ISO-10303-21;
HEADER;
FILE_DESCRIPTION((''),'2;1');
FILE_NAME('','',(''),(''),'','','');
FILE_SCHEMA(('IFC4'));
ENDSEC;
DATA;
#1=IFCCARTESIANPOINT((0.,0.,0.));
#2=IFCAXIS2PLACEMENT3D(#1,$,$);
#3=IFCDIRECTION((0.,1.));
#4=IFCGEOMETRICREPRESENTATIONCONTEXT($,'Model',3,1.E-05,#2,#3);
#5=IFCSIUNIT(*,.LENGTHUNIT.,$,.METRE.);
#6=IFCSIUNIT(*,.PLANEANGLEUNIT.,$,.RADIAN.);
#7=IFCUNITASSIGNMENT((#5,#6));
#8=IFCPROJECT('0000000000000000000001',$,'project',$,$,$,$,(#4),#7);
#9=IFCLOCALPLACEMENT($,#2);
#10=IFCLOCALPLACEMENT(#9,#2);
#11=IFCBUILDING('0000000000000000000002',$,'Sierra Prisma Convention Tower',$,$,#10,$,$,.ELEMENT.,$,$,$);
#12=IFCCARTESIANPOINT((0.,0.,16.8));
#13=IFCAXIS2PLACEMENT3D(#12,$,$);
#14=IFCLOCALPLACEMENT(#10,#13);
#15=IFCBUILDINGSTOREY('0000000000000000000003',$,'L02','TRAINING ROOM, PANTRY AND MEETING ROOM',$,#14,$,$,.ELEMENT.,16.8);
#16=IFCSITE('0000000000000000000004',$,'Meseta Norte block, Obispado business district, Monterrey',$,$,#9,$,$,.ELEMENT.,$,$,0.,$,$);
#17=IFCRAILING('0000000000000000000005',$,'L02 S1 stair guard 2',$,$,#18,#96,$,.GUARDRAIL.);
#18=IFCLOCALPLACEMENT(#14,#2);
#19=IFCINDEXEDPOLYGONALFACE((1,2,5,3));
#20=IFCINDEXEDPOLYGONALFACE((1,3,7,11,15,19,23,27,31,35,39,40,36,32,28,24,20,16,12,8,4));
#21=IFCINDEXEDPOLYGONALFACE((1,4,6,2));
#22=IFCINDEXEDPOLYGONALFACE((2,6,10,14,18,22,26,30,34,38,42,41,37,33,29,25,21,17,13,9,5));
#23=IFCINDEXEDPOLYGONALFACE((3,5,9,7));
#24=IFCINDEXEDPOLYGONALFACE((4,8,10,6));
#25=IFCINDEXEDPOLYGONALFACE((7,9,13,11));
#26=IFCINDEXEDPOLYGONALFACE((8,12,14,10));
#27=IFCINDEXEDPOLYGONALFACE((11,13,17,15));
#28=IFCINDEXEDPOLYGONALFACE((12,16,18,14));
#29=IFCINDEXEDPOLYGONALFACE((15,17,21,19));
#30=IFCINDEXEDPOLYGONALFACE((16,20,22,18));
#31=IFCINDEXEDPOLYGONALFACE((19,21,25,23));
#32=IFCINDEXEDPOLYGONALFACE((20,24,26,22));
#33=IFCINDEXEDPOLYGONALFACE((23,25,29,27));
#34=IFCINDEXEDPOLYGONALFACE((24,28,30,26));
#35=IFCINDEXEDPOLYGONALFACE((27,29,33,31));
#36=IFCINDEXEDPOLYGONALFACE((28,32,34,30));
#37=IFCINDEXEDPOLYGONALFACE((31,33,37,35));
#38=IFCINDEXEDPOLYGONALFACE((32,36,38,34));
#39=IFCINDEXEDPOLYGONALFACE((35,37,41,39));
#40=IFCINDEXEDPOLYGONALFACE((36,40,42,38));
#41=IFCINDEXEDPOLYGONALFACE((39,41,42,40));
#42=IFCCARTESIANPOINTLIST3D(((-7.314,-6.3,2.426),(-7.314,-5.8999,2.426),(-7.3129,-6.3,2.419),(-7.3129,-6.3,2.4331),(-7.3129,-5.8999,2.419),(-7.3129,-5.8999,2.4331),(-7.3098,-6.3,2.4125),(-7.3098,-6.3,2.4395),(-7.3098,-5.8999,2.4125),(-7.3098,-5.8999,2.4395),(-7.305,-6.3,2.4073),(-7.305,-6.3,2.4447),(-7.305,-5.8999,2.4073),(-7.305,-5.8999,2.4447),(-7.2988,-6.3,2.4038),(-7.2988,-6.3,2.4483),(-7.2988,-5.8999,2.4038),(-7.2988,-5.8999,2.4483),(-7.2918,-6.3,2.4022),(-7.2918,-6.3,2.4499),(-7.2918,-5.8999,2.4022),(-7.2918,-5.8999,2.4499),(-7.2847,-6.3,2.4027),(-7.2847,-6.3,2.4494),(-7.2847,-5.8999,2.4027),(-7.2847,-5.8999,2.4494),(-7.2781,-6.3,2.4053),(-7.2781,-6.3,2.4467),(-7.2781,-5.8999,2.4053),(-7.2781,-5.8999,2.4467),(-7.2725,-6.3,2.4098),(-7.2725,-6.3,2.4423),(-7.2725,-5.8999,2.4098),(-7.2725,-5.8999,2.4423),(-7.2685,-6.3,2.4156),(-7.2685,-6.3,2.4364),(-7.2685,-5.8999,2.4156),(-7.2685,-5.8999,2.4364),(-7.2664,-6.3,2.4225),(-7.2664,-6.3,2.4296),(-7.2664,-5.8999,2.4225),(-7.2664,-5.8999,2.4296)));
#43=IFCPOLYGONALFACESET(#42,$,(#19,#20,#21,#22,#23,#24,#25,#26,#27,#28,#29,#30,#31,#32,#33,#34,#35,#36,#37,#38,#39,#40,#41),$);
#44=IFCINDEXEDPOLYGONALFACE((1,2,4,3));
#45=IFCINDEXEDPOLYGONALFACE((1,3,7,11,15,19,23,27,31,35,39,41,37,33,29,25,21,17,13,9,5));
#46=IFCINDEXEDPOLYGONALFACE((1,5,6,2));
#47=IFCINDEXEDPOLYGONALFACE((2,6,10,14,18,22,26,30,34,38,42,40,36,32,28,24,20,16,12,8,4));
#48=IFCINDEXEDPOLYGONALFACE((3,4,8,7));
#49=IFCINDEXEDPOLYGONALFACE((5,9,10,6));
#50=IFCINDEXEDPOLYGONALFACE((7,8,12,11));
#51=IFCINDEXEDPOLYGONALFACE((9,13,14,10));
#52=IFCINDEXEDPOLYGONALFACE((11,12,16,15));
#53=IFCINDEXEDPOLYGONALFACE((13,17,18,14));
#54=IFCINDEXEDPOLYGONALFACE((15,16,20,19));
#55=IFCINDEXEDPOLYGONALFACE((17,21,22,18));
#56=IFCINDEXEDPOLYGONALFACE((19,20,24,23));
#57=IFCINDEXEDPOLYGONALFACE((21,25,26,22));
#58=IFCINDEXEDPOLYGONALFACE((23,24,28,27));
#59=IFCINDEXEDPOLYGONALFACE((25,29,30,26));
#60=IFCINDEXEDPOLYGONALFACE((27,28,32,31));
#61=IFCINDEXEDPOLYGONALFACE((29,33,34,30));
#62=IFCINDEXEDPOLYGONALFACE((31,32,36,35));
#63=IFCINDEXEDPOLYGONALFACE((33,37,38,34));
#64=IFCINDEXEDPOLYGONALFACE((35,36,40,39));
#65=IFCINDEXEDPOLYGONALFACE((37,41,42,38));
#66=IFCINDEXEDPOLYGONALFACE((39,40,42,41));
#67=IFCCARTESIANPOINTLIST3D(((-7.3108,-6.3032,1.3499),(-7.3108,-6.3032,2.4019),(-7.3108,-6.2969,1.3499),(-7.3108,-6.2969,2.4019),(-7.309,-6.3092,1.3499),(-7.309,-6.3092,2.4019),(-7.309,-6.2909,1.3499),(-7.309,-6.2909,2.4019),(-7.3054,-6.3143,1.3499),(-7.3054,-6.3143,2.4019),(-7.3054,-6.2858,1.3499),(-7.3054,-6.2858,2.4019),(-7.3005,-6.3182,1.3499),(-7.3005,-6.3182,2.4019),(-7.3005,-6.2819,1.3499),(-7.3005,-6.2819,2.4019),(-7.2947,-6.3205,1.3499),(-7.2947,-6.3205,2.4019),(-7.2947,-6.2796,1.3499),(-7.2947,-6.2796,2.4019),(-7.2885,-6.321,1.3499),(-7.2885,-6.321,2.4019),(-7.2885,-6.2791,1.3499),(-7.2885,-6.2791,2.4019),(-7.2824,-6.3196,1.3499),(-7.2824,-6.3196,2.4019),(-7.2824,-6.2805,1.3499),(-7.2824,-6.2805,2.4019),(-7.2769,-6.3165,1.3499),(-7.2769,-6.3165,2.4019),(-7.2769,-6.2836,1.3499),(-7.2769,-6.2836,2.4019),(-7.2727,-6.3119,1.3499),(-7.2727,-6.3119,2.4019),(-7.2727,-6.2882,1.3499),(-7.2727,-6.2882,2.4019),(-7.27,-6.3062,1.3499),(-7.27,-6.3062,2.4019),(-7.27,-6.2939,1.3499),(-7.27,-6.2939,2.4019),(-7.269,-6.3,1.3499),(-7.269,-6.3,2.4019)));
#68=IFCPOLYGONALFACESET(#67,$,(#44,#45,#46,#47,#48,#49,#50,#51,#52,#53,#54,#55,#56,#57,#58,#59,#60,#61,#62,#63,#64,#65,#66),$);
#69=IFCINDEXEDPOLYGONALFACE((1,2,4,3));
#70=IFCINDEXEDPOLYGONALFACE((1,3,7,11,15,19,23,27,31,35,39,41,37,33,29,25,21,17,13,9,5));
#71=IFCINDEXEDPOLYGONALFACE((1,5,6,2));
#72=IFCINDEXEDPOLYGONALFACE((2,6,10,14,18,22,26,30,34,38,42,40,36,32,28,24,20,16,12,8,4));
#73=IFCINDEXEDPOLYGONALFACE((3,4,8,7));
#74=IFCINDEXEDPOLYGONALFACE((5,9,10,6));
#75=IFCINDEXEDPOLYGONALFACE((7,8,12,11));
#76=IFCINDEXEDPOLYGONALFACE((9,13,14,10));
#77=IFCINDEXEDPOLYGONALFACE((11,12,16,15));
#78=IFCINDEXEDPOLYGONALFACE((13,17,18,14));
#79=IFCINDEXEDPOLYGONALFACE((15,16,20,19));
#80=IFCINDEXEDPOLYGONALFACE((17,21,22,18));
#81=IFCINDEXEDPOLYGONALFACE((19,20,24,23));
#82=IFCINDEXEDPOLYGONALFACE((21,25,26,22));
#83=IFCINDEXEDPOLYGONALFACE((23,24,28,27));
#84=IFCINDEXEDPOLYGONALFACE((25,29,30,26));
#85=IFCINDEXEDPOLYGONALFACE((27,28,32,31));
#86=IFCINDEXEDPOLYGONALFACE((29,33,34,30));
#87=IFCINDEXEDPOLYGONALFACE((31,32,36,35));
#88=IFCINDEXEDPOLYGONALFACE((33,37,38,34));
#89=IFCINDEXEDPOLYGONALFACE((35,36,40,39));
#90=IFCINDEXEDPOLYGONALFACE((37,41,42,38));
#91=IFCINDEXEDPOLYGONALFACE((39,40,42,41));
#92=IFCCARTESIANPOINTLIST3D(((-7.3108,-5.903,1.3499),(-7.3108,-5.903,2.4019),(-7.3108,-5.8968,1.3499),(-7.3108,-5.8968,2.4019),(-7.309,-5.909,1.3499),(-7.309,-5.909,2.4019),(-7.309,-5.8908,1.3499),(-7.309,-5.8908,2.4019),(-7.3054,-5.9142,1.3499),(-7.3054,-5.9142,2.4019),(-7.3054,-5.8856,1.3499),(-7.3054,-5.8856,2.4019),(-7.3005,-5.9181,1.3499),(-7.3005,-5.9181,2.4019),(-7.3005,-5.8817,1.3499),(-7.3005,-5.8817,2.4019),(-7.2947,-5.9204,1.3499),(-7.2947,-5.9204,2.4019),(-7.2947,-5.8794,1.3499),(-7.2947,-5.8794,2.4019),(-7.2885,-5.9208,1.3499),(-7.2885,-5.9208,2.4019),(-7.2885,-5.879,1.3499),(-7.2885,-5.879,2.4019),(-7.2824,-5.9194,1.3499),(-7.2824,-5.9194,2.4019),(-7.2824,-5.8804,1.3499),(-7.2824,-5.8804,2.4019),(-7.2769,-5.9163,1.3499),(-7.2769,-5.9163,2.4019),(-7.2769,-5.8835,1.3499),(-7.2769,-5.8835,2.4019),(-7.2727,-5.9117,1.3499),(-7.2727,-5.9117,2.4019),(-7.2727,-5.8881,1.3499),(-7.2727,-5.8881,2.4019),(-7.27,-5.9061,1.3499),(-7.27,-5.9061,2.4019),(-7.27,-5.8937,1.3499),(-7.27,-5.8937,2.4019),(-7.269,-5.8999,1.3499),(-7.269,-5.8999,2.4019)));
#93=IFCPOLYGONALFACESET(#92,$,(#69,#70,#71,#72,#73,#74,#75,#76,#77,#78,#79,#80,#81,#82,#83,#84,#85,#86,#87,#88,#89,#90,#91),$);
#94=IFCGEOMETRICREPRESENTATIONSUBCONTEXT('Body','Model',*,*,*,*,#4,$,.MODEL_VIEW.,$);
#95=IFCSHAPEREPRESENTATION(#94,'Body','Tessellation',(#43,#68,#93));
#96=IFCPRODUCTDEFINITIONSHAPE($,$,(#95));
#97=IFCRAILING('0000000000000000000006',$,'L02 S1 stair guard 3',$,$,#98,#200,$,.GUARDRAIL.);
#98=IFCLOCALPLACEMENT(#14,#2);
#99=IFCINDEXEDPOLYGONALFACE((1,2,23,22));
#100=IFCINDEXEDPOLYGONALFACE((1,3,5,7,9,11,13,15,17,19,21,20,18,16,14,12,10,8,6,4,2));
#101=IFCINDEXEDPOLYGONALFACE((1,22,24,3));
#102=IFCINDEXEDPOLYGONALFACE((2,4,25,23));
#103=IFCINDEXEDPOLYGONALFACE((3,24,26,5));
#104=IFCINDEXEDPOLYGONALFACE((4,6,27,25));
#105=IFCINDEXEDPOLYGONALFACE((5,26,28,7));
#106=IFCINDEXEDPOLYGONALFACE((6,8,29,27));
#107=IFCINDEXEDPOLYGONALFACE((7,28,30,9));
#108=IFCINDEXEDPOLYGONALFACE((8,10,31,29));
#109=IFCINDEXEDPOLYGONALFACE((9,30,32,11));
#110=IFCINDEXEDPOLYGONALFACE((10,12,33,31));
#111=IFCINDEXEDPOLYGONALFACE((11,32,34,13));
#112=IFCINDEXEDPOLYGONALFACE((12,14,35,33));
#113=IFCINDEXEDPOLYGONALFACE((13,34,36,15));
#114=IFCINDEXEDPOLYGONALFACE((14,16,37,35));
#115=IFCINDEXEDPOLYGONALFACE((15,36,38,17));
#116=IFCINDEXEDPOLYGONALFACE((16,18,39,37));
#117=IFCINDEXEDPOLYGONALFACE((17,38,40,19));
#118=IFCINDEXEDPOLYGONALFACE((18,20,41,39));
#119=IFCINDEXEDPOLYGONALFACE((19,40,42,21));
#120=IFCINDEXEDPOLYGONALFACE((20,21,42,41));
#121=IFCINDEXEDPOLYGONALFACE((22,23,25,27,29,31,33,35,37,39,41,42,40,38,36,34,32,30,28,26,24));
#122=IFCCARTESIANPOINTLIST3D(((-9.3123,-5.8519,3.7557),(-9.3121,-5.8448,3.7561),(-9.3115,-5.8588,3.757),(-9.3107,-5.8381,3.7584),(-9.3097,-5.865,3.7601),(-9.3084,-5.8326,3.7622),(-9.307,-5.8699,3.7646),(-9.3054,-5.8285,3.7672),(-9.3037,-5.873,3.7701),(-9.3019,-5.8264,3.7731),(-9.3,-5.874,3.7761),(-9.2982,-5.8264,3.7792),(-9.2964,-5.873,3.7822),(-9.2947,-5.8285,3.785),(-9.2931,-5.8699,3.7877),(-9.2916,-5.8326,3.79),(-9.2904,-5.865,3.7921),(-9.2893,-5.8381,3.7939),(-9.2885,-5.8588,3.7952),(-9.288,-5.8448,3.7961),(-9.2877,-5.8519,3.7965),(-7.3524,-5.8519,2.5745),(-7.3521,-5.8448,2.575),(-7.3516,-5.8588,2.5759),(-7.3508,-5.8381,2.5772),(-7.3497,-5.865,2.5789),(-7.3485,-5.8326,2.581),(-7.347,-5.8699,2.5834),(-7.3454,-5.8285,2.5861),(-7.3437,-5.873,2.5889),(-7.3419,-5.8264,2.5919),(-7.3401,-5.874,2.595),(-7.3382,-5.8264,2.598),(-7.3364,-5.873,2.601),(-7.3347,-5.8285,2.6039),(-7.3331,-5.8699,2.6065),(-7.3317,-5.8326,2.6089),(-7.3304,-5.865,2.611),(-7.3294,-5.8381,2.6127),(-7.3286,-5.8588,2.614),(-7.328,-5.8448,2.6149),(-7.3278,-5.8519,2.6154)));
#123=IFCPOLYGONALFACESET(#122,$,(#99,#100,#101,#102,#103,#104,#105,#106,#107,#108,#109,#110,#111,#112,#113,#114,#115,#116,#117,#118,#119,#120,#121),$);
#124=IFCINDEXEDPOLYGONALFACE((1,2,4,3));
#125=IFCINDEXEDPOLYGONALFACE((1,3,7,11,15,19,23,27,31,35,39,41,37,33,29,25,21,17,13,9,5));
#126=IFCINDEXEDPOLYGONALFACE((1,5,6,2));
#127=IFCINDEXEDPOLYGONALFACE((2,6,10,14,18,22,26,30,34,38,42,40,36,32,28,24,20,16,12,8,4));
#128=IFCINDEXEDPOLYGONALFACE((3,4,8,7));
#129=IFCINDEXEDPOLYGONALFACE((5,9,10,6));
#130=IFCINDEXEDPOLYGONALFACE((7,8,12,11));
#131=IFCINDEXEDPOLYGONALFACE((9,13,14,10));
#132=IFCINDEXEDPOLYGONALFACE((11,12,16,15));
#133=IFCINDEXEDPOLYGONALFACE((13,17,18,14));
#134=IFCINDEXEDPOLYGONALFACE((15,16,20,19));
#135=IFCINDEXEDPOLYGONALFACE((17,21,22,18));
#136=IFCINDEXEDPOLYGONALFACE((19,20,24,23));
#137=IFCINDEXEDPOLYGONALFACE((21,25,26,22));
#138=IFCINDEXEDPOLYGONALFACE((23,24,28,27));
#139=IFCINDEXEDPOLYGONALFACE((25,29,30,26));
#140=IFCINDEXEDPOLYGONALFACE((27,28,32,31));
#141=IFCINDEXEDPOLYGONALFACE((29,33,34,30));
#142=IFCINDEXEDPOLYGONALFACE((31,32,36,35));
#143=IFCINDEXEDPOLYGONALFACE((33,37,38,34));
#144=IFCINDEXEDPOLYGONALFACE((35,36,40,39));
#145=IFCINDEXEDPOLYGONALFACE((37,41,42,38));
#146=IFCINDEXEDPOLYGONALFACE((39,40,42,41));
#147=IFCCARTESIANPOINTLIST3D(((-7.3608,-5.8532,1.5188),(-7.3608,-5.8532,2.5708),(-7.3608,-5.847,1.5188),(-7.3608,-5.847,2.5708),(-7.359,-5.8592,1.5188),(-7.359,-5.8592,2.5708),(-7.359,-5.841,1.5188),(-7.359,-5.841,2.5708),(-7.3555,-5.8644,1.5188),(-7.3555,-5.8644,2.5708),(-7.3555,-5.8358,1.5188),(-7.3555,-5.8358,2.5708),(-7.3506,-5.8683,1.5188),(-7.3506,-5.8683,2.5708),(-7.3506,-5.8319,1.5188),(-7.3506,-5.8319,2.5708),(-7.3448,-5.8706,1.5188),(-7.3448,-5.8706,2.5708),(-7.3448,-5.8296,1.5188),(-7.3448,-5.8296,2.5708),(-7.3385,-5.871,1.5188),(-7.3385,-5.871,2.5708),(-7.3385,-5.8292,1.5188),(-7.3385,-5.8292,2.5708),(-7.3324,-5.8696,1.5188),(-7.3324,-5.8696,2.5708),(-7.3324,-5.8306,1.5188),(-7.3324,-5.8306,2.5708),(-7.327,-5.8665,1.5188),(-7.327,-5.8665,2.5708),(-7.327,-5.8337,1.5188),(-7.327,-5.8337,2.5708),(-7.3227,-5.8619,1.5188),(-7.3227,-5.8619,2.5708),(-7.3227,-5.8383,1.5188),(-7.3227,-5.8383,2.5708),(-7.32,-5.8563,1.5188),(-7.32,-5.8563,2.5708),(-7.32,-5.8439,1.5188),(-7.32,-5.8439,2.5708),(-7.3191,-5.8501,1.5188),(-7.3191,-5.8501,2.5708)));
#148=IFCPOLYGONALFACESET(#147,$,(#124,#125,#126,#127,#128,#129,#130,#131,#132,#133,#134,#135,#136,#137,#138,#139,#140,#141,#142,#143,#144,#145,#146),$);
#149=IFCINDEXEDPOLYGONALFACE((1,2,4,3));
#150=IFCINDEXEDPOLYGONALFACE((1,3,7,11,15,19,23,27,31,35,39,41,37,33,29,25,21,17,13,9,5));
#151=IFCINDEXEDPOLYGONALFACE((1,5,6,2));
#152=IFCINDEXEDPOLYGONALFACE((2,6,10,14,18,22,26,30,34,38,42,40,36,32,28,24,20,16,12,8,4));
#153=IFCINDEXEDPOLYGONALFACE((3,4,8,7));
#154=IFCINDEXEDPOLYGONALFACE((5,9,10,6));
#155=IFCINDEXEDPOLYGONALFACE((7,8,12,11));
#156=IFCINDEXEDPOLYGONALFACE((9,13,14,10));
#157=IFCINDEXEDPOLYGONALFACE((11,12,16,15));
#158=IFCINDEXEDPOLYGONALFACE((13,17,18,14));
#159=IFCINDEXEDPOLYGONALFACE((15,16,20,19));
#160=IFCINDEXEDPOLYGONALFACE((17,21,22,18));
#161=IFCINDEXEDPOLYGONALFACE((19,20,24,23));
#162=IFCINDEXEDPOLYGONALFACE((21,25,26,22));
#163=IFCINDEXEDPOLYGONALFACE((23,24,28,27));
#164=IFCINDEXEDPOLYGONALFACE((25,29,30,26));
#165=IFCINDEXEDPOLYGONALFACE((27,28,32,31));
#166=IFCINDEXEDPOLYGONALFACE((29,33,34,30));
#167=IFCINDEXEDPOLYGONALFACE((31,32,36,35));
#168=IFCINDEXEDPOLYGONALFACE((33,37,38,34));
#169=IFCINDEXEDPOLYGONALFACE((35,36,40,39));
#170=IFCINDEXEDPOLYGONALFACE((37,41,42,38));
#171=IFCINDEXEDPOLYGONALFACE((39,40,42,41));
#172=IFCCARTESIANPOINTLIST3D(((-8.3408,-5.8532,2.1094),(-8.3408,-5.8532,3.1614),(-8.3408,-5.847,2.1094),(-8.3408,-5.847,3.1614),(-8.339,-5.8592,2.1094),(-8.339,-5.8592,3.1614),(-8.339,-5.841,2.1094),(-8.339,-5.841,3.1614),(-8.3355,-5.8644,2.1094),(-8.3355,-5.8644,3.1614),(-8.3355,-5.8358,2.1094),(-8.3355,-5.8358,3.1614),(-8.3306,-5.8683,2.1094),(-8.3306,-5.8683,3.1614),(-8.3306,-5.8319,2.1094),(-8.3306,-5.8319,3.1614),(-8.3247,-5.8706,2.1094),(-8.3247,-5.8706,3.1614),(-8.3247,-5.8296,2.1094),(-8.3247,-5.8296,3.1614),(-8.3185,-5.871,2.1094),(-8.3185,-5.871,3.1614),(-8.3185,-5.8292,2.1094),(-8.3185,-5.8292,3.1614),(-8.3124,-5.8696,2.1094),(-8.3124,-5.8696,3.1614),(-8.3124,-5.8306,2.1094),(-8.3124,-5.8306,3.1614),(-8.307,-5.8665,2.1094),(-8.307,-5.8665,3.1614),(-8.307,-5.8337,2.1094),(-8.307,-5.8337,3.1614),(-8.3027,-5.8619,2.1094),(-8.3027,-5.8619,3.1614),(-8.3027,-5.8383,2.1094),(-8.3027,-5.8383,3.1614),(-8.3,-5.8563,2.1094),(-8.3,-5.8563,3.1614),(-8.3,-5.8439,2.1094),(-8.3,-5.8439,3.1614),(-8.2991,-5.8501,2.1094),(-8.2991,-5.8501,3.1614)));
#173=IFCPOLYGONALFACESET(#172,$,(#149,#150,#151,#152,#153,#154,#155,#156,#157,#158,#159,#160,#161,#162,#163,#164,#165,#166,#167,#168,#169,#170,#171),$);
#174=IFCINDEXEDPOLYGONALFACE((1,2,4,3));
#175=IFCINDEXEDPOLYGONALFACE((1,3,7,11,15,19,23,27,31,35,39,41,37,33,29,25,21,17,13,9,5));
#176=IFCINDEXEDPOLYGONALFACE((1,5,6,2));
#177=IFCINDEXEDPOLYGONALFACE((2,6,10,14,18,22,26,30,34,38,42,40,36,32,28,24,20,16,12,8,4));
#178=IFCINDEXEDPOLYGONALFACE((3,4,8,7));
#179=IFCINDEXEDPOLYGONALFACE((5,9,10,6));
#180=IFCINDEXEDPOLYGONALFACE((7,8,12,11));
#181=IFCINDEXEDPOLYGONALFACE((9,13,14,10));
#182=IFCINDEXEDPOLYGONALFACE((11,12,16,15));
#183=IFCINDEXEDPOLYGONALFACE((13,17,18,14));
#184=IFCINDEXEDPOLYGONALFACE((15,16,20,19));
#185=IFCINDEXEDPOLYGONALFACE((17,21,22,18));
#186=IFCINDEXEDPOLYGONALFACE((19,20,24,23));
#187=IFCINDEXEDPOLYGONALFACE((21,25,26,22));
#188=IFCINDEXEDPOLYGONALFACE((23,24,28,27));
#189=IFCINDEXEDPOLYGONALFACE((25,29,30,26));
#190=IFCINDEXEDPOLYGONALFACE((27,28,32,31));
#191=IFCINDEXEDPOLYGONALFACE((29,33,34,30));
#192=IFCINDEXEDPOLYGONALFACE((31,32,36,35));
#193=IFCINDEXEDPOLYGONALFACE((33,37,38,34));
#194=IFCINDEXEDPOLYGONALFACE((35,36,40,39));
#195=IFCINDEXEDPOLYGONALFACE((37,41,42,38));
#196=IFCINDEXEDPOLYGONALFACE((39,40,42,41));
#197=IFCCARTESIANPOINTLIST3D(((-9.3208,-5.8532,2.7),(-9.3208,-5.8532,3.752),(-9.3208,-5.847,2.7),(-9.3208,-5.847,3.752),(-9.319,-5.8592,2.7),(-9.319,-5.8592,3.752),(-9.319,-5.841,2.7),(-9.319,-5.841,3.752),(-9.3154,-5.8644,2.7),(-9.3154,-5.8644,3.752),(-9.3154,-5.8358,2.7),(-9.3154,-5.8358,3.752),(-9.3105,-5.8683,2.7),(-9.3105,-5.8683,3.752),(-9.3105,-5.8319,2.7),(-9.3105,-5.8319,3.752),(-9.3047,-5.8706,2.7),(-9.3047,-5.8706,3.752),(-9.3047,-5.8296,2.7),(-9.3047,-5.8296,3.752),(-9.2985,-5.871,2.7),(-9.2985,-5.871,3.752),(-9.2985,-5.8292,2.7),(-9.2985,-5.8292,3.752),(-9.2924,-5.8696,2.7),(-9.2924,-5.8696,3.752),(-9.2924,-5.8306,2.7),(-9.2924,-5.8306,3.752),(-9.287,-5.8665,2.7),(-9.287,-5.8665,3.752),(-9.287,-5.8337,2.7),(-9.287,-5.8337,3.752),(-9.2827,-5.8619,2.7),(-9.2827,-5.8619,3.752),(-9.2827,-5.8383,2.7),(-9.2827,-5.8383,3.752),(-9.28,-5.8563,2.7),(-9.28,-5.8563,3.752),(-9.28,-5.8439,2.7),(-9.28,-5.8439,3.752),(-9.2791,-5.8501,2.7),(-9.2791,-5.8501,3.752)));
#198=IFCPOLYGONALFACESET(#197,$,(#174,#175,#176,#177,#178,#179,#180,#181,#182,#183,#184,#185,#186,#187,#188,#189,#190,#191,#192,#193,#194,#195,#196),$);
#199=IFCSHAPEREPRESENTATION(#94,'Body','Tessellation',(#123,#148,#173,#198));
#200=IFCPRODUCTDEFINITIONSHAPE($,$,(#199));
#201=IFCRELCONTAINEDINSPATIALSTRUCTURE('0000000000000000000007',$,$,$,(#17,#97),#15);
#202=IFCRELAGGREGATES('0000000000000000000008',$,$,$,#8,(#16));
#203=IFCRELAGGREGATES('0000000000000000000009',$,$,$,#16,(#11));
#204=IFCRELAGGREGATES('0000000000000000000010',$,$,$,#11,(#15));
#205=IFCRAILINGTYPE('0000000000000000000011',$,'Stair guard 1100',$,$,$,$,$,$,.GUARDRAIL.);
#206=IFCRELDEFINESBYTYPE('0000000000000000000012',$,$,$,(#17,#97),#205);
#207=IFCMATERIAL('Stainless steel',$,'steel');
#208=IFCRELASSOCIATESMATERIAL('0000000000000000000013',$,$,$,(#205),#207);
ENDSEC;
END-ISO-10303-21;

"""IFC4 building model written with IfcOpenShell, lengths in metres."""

from ifc_helpers import new_model, si_unit, direction, frame, origin, origin_2d, place, context, subcontext, project, spatial, circle, extrude, material, type_object, element, save


model = new_model("IFC4")

# Units and contexts
model_context = context("Model", 3, precision=1e-05, world=origin(), true_north=direction((0.0, 1.0)))
body_context = subcontext(model_context, "Body", "Model", "MODEL_VIEW")
ifc_project = project(units=[si_unit("LENGTHUNIT", "METRE"), si_unit("PLANEANGLEUNIT", "RADIAN")], contexts=[model_context])

# Site, building, storey
site_placement = place(None, origin())
site = spatial("IfcSite", under=ifc_project, at=site_placement, Name="Meseta Norte block, Obispado business district, Monterrey", CompositionType="ELEMENT", RefElevation=0.0)
building_placement = place(site_placement, origin())
building = spatial("IfcBuilding", under=site, at=building_placement, Name="Sierra Prisma Convention Tower", CompositionType="ELEMENT")
storey_placement = place(building_placement, frame((0.0, 0.0, 16.8)))
storey = spatial("IfcBuildingStorey", under=building, at=storey_placement, Name="L02", Description="TRAINING ROOM, PANTRY AND MEETING ROOM", CompositionType="ELEMENT", Elevation=16.8)

# Railings
ifc_material_1 = material(Name="Stainless steel", Category="steel")
railing_type_1 = type_object("IfcRailingType", Name="Stair guard 1100", PredefinedType="GUARDRAIL", material=ifc_material_1)
railing_1_placement = place(storey_placement, frame((-7.29, -6.3, 1.3499)))
element("IfcRailing", 1, at=railing_1_placement, inside=storey, type_object=railing_type_1, Name="L02 S1 stair guard 2", PredefinedType="GUARDRAIL", context=body_context, shape_type="SweptSolid", body=[
    extrude(circle(Radius=0.0239, at=origin_2d()), frame((0.0, 0.0, 1.0762), z_axis=(0.0, 1.0, 0.0), x_axis=(-1.0, 0.0, 0.0)), (0.0, 0.0, 1.0), 0.4001),
    extrude(circle(Radius=0.021, at=origin_2d()), origin(), (0.0, 0.0, 1.0), 1.052),
    extrude(circle(Radius=0.021, at=origin_2d()), frame((0.0, 0.4001, 0.0)), (0.0, 0.0, 1.0), 1.052),
])
railing_2_placement = place(storey_placement, frame((-7.3401, -5.8501, 1.5188)))
element("IfcRailing", 2, at=railing_2_placement, inside=storey, type_object=railing_type_1, Name="L02 S1 stair guard 3", PredefinedType="GUARDRAIL", context=body_context, shape_type="SweptSolid", body=[
    extrude(circle(Radius=0.0239, at=origin_2d()), frame((0.0, 0.0, 1.0762), z_axis=(-0.856493, 0.0, 0.516158), x_axis=(0.0, -1.0, 0.0)), (0.0, 0.0, 1.0), 2.2883),
    extrude(circle(Radius=0.021, at=origin_2d()), origin(), (0.0, 0.0, 1.0), 1.052),
    extrude(circle(Radius=0.021, at=origin_2d()), frame((-0.98, 0.0, 0.5906)), (0.0, 0.0, 1.0), 1.052),
    extrude(circle(Radius=0.021, at=origin_2d()), frame((-1.96, 0.0, 1.1812)), (0.0, 0.0, 1.0), 1.052),
])

save(model, "model.ifc")
